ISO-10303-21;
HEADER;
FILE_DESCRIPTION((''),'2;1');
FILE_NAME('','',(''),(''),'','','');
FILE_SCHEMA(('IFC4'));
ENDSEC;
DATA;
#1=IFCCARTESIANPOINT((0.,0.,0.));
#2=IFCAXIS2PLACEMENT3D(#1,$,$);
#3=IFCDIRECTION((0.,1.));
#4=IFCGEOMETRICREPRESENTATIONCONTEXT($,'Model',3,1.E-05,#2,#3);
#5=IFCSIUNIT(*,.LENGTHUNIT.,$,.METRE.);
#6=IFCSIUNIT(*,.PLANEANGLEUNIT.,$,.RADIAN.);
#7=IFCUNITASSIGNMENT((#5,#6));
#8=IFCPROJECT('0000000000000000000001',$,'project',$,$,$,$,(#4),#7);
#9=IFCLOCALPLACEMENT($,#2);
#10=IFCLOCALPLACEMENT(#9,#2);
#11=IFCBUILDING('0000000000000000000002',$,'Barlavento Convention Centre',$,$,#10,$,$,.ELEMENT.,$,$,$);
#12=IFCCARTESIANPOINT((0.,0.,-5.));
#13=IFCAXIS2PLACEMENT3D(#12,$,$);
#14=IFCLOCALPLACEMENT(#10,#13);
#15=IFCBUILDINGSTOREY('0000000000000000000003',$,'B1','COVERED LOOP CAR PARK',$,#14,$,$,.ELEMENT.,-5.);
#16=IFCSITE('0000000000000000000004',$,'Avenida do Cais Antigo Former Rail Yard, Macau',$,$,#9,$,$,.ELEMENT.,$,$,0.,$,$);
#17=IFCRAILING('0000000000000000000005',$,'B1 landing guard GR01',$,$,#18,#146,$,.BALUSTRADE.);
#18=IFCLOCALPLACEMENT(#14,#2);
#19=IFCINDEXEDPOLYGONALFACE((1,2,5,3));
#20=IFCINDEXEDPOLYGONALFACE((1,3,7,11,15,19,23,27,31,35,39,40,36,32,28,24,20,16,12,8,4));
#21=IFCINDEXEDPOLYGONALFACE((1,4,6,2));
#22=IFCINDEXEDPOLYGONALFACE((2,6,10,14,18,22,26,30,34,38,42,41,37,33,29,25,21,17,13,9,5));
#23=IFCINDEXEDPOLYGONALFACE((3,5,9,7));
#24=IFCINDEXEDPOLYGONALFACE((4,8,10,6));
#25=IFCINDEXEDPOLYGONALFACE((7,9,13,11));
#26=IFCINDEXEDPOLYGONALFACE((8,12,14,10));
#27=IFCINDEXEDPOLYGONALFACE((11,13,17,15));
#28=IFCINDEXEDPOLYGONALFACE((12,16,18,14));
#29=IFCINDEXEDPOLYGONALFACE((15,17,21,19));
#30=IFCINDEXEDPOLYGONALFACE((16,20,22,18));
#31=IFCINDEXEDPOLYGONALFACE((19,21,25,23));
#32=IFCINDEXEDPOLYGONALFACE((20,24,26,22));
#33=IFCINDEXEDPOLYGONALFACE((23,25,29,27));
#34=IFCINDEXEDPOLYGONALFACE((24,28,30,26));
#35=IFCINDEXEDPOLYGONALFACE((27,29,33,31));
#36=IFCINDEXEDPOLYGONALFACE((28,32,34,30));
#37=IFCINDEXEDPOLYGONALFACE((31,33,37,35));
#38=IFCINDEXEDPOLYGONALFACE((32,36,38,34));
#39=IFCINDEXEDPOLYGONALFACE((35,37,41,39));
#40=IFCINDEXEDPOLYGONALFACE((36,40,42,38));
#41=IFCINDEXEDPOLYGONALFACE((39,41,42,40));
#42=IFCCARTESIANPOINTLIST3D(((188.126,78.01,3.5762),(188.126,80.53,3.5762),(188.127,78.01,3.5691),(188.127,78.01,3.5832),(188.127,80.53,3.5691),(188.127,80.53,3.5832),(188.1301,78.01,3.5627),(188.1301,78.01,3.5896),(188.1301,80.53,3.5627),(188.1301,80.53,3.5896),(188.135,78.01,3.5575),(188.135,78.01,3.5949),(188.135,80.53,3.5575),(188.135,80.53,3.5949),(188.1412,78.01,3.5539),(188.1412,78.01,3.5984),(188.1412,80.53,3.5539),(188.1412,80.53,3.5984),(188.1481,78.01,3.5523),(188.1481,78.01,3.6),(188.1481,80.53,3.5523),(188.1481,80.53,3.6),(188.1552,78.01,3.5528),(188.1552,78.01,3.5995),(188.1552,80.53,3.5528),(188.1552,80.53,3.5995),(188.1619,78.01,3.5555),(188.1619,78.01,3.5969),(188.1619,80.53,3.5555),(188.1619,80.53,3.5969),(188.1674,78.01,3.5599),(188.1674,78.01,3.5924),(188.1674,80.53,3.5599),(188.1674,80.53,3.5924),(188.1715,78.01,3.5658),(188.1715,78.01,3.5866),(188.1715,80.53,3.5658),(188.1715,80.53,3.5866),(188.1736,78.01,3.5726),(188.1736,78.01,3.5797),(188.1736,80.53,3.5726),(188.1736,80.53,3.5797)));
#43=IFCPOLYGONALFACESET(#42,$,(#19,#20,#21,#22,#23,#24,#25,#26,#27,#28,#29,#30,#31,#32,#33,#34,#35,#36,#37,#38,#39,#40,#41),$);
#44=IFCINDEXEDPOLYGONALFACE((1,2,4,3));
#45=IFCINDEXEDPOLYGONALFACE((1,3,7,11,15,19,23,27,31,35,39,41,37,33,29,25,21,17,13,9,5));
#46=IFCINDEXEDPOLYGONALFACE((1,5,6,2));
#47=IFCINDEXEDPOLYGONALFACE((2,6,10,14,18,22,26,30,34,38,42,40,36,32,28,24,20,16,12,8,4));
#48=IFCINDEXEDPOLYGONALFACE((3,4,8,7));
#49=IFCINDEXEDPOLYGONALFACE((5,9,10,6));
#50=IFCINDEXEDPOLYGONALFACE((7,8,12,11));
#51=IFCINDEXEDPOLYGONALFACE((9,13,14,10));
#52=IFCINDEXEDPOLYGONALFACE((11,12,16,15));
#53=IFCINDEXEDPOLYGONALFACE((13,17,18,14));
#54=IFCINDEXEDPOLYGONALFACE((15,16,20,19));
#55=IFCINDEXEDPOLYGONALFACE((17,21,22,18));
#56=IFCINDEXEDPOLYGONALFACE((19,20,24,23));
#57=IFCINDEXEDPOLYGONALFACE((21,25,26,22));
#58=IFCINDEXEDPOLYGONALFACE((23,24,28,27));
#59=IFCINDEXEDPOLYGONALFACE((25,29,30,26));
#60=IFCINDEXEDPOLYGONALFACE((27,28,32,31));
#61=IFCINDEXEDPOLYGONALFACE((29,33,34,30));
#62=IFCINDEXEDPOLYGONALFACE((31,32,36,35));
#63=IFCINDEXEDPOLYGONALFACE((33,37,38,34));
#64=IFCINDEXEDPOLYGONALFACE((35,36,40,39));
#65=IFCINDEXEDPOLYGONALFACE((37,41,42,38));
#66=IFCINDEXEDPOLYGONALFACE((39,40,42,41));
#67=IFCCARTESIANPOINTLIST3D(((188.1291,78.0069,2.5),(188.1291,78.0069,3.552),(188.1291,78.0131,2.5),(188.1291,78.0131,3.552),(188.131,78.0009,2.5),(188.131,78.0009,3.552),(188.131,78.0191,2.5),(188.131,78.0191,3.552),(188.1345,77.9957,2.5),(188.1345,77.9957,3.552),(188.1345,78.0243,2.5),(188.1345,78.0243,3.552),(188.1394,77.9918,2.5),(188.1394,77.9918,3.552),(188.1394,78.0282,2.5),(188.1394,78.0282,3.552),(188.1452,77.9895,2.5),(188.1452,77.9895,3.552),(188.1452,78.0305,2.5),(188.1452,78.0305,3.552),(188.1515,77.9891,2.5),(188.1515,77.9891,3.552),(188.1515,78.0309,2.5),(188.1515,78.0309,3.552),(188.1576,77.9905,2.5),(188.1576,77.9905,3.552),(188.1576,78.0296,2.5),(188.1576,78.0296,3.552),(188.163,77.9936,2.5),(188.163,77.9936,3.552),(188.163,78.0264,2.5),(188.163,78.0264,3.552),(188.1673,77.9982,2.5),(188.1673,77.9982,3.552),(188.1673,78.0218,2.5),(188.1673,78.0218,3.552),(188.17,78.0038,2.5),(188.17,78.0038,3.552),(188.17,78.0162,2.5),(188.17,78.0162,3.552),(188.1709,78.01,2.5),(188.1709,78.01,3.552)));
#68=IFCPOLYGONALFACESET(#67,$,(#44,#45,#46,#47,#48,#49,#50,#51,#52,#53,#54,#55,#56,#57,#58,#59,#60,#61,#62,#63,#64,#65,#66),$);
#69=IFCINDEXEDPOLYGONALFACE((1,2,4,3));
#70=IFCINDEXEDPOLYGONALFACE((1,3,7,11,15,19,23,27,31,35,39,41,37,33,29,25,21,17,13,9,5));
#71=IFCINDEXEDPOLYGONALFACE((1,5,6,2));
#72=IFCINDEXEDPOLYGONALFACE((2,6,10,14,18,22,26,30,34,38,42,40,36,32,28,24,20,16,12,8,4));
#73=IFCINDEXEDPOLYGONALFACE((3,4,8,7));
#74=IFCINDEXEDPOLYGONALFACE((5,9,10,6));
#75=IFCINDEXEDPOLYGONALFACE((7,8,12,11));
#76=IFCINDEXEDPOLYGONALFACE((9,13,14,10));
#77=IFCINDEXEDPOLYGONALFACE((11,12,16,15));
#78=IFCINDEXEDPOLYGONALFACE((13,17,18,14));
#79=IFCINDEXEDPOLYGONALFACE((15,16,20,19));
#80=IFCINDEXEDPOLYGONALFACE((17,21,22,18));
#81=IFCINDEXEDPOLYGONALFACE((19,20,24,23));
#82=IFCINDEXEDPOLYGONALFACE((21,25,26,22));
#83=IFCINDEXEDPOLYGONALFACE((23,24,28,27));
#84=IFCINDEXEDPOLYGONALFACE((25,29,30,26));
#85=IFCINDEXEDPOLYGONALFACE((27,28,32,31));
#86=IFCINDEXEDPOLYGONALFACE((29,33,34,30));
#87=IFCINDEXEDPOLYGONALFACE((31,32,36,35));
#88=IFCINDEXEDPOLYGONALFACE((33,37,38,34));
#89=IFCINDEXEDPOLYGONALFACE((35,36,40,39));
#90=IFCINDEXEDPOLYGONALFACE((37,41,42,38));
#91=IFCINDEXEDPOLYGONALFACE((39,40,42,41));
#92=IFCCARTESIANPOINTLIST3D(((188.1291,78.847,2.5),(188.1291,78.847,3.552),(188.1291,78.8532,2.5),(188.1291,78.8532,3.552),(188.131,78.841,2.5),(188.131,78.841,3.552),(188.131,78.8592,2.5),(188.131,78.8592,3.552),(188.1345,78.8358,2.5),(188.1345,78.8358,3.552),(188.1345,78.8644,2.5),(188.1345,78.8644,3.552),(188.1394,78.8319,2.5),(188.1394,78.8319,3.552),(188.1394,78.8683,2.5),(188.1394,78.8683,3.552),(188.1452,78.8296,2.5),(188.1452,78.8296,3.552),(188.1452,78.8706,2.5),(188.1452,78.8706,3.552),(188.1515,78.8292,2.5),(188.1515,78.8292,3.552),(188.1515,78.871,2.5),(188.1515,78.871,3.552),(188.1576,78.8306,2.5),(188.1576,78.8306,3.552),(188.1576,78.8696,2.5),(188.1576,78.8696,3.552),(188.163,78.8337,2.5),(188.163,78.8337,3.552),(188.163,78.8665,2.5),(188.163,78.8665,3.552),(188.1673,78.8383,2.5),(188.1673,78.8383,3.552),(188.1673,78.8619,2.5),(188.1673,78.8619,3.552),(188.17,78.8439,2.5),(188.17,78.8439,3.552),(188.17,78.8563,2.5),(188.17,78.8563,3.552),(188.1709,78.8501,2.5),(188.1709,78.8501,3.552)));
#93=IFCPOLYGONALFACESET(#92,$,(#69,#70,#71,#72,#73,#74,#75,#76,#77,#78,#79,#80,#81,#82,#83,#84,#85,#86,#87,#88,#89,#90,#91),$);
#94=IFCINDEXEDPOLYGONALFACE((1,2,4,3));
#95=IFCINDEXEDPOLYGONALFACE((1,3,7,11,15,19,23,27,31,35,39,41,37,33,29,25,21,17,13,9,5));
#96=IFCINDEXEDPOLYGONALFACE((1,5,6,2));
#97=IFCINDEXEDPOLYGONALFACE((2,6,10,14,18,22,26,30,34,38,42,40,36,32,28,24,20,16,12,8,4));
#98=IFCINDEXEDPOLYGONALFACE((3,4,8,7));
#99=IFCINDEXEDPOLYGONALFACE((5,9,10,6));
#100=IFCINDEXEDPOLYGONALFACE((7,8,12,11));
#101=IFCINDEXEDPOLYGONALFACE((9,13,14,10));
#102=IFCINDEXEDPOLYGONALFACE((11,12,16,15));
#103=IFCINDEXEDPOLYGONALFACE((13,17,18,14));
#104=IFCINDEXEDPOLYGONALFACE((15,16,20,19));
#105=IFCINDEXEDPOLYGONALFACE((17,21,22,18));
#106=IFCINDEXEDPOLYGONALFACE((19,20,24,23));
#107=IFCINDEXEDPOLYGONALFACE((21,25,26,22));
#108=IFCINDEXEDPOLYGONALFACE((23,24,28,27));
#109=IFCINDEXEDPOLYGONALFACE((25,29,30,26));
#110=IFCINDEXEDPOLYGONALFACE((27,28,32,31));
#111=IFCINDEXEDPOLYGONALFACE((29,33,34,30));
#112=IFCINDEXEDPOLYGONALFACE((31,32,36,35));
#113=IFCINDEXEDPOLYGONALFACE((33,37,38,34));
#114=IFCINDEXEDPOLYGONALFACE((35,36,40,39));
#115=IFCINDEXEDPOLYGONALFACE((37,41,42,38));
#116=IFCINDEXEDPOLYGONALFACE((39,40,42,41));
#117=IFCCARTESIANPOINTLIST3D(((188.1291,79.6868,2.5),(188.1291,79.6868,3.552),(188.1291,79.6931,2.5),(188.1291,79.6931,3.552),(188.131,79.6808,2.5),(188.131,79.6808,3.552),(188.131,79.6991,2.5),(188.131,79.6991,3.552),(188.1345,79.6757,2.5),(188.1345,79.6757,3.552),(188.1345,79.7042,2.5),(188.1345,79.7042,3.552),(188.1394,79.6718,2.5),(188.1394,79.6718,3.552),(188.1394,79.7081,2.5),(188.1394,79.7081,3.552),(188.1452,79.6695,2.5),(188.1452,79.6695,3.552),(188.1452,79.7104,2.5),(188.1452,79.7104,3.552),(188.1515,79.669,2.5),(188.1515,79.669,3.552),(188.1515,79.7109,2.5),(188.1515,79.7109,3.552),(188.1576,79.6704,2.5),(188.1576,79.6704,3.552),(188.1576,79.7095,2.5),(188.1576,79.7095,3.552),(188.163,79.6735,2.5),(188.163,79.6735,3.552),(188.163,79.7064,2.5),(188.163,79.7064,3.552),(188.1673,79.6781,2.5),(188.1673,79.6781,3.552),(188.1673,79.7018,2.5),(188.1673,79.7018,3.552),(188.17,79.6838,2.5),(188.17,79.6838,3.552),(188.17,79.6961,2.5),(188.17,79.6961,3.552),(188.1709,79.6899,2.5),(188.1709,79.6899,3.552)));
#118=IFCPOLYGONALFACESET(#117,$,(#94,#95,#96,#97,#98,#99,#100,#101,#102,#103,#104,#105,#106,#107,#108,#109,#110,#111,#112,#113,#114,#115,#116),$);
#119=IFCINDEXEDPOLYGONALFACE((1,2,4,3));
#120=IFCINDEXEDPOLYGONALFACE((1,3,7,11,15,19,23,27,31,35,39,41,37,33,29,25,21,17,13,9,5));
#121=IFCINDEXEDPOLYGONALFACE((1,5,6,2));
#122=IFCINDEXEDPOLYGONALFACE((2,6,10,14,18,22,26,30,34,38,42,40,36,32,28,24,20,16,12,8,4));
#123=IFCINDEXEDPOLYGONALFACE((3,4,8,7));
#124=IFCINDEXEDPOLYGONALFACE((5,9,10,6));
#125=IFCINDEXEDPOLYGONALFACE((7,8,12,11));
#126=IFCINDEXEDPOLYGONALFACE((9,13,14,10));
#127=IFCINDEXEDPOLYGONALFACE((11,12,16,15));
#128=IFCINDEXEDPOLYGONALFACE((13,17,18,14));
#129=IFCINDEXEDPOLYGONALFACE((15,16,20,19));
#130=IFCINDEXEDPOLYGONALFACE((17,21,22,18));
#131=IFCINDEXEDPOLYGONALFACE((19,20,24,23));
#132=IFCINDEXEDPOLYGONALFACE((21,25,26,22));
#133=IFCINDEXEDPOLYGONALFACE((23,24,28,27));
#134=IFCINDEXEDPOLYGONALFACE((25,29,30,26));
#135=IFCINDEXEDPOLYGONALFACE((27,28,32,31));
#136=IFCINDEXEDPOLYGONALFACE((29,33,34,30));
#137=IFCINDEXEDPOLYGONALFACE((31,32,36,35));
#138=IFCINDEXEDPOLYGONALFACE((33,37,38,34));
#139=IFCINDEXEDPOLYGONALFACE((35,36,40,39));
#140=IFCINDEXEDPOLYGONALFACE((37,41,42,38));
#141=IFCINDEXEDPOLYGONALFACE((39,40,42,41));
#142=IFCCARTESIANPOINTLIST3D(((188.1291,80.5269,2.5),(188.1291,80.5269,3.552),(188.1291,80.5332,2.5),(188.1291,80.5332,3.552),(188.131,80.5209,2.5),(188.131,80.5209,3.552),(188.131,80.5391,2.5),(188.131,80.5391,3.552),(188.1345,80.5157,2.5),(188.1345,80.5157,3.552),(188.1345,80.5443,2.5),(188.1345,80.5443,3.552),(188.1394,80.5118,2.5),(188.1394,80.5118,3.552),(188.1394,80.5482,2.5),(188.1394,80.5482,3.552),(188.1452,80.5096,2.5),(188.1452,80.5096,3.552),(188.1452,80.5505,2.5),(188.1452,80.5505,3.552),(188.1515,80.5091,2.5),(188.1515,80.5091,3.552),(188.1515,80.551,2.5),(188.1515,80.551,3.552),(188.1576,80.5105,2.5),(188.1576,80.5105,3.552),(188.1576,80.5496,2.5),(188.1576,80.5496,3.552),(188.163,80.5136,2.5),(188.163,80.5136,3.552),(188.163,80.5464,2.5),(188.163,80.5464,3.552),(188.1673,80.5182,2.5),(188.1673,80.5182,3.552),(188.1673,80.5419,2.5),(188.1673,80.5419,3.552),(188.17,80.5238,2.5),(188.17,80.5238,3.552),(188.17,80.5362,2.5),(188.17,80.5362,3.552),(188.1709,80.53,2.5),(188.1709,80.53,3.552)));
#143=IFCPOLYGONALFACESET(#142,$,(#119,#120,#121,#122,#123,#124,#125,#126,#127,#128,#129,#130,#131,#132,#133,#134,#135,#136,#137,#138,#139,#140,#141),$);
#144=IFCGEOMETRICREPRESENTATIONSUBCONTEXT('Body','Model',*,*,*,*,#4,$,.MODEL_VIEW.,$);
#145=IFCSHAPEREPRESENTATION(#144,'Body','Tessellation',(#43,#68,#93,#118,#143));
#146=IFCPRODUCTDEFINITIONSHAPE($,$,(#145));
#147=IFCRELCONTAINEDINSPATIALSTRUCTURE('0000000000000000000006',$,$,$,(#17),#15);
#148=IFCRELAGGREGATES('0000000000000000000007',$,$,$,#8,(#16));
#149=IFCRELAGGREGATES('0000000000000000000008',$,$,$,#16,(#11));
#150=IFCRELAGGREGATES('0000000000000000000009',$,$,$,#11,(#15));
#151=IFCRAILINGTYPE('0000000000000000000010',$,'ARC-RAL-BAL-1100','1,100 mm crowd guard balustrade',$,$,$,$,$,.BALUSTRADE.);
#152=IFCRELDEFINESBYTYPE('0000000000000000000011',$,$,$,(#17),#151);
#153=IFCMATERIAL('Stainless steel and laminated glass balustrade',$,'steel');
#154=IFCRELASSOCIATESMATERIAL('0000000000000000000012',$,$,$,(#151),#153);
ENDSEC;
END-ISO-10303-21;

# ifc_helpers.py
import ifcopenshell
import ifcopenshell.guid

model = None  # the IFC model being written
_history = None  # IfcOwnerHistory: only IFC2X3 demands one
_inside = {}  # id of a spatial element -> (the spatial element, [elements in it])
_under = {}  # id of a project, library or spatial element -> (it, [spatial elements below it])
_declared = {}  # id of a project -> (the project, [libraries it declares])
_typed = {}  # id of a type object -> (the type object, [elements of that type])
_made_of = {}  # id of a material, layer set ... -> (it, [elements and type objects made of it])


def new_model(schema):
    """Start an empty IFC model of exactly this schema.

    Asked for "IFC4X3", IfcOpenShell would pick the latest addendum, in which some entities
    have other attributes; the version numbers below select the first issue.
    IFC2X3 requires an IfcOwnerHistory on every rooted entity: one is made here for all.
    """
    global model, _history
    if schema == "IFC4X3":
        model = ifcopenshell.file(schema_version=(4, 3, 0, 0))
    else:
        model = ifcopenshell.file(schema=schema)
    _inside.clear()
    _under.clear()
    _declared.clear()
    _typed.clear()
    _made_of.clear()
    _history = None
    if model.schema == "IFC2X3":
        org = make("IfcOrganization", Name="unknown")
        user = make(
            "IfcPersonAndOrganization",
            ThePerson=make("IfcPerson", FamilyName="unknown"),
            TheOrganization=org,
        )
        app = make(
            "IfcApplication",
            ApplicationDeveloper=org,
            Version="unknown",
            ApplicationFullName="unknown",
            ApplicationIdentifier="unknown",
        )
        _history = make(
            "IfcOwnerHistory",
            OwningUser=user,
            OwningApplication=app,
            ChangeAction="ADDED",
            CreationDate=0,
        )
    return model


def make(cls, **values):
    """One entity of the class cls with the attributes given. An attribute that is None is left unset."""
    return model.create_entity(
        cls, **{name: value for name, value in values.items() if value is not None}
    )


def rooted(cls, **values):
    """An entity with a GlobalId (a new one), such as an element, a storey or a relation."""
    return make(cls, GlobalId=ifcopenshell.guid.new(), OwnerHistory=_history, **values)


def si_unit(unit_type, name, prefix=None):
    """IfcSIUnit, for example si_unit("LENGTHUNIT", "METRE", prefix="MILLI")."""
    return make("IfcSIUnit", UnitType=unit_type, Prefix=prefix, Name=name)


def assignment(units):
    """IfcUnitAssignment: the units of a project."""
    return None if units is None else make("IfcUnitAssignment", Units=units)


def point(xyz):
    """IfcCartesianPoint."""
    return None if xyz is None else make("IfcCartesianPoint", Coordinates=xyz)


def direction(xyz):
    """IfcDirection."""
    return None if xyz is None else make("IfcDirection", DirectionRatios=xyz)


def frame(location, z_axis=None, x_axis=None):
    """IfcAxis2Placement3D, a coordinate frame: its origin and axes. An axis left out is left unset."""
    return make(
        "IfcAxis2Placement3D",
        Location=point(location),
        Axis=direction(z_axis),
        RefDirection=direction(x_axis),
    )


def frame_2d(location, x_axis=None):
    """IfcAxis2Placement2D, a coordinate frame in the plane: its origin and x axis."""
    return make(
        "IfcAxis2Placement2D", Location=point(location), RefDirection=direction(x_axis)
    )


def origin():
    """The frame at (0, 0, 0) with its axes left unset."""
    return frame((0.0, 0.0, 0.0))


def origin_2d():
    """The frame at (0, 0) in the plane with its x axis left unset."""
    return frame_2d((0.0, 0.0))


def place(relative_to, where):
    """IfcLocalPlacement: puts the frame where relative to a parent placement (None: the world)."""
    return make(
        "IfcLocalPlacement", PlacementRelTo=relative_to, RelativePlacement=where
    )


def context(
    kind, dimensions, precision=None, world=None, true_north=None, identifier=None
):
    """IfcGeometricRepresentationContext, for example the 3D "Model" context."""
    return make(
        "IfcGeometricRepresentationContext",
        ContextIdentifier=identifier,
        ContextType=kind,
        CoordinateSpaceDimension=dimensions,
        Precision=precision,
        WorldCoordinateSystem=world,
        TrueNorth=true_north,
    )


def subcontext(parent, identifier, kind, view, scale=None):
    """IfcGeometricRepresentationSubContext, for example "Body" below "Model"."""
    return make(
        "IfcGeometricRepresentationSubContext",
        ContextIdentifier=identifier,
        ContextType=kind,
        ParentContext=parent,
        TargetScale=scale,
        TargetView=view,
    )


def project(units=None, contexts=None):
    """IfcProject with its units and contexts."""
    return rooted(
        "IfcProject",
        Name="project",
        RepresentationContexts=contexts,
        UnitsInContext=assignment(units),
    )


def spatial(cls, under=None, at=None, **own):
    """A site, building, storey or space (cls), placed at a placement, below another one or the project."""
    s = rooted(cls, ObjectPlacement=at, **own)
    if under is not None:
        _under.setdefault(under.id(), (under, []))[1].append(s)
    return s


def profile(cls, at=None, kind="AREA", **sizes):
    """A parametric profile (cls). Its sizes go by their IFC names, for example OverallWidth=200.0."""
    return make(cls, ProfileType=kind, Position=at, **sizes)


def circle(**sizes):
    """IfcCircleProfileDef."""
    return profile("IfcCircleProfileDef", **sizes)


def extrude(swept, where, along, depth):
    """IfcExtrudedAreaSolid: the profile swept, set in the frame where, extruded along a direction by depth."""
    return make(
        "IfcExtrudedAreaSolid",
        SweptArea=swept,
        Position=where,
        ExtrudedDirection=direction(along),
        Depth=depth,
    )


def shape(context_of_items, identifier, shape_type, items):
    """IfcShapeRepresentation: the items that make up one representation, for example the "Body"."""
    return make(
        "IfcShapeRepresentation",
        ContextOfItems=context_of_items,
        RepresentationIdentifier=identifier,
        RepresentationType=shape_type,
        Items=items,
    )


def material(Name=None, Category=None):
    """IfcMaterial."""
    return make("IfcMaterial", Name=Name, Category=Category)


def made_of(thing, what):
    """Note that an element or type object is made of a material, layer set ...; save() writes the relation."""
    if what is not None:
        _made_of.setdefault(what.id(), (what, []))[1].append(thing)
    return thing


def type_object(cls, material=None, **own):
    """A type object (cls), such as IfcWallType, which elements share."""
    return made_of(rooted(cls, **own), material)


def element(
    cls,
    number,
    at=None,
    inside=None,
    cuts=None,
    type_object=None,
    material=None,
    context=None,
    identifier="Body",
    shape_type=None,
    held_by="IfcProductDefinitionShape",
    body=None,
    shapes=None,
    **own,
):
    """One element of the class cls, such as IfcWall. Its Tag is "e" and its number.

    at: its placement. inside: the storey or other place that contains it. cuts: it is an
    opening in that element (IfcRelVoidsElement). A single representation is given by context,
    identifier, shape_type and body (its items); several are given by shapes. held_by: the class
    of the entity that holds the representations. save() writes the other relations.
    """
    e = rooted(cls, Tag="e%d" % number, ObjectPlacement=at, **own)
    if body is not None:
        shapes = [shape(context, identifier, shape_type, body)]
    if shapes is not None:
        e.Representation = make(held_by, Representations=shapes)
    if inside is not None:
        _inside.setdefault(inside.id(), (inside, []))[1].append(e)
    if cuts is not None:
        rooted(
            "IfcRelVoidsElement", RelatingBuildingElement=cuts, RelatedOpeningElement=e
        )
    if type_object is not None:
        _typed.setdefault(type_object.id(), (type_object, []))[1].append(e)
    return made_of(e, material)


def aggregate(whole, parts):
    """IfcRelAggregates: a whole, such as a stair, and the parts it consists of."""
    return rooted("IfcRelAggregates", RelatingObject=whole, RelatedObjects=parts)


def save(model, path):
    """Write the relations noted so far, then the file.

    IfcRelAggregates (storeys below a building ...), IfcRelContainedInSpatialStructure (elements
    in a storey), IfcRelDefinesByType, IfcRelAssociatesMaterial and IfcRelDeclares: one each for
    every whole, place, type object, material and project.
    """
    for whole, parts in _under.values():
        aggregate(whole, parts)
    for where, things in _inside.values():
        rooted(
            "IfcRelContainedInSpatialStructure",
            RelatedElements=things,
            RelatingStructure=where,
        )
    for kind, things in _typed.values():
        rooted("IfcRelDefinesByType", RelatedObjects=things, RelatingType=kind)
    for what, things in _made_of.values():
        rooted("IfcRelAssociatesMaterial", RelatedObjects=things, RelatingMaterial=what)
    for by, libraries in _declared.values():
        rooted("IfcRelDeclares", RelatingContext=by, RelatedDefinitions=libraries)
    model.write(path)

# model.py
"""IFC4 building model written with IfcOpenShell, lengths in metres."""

from ifc_helpers import new_model, si_unit, direction, frame, origin, origin_2d, place, context, subcontext, project, spatial, circle, extrude, material, type_object, element, save


model = new_model("IFC4")

# Units and contexts
model_context = context("Model", 3, precision=1e-05, world=origin(), true_north=direction((0.0, 1.0)))
body_context = subcontext(model_context, "Body", "Model", "MODEL_VIEW")
ifc_project = project(units=[si_unit("LENGTHUNIT", "METRE"), si_unit("PLANEANGLEUNIT", "RADIAN")], contexts=[model_context])

# Site, building, storey
site_placement = place(None, origin())
site = spatial("IfcSite", under=ifc_project, at=site_placement, Name="Avenida do Cais Antigo Former Rail Yard, Macau", CompositionType="ELEMENT", RefElevation=0.0)
building_placement = place(site_placement, origin())
building = spatial("IfcBuilding", under=site, at=building_placement, Name="Barlavento Convention Centre", CompositionType="ELEMENT")
storey_placement = place(building_placement, frame((0.0, 0.0, -5.0)))
storey = spatial("IfcBuildingStorey", under=building, at=storey_placement, Name="B1", Description="COVERED LOOP CAR PARK", CompositionType="ELEMENT", Elevation=-5.0)

# Railing
ifc_material_1 = material(Name="Stainless steel and laminated glass balustrade", Category="steel")
railing_type_1 = type_object("IfcRailingType", Name="ARC-RAL-BAL-1100", Description="1,100 mm crowd guard balustrade", PredefinedType="BALUSTRADE", material=ifc_material_1)
for number, where, name in (
    (1, (188.1499, 78.01, 2.5), "B1 landing guard GR01"),
):
    element("IfcRailing", number, at=place(storey_placement, frame(where)), inside=storey, type_object=railing_type_1, Name=name, PredefinedType="BALUSTRADE", context=body_context, shape_type="SweptSolid", body=[
        extrude(circle(Radius=0.0239, at=origin_2d()), frame((0.0, 0.0, 1.0762), z_axis=(0.0, 1.0, 0.0), x_axis=(-1.0, 0.0, 0.0)), (0.0, 0.0, 1.0), 2.52),
        extrude(circle(Radius=0.021, at=origin_2d()), origin(), (0.0, 0.0, 1.0), 1.052),
        extrude(circle(Radius=0.021, at=origin_2d()), frame((0.0, 0.8401, 0.0)), (0.0, 0.0, 1.0), 1.052),
        extrude(circle(Radius=0.021, at=origin_2d()), frame((0.0, 1.6799, 0.0)), (0.0, 0.0, 1.0), 1.052),
        extrude(circle(Radius=0.021, at=origin_2d()), frame((0.0, 2.52, 0.0)), (0.0, 0.0, 1.0), 1.052),
    ])

save(model, "model.ifc")
